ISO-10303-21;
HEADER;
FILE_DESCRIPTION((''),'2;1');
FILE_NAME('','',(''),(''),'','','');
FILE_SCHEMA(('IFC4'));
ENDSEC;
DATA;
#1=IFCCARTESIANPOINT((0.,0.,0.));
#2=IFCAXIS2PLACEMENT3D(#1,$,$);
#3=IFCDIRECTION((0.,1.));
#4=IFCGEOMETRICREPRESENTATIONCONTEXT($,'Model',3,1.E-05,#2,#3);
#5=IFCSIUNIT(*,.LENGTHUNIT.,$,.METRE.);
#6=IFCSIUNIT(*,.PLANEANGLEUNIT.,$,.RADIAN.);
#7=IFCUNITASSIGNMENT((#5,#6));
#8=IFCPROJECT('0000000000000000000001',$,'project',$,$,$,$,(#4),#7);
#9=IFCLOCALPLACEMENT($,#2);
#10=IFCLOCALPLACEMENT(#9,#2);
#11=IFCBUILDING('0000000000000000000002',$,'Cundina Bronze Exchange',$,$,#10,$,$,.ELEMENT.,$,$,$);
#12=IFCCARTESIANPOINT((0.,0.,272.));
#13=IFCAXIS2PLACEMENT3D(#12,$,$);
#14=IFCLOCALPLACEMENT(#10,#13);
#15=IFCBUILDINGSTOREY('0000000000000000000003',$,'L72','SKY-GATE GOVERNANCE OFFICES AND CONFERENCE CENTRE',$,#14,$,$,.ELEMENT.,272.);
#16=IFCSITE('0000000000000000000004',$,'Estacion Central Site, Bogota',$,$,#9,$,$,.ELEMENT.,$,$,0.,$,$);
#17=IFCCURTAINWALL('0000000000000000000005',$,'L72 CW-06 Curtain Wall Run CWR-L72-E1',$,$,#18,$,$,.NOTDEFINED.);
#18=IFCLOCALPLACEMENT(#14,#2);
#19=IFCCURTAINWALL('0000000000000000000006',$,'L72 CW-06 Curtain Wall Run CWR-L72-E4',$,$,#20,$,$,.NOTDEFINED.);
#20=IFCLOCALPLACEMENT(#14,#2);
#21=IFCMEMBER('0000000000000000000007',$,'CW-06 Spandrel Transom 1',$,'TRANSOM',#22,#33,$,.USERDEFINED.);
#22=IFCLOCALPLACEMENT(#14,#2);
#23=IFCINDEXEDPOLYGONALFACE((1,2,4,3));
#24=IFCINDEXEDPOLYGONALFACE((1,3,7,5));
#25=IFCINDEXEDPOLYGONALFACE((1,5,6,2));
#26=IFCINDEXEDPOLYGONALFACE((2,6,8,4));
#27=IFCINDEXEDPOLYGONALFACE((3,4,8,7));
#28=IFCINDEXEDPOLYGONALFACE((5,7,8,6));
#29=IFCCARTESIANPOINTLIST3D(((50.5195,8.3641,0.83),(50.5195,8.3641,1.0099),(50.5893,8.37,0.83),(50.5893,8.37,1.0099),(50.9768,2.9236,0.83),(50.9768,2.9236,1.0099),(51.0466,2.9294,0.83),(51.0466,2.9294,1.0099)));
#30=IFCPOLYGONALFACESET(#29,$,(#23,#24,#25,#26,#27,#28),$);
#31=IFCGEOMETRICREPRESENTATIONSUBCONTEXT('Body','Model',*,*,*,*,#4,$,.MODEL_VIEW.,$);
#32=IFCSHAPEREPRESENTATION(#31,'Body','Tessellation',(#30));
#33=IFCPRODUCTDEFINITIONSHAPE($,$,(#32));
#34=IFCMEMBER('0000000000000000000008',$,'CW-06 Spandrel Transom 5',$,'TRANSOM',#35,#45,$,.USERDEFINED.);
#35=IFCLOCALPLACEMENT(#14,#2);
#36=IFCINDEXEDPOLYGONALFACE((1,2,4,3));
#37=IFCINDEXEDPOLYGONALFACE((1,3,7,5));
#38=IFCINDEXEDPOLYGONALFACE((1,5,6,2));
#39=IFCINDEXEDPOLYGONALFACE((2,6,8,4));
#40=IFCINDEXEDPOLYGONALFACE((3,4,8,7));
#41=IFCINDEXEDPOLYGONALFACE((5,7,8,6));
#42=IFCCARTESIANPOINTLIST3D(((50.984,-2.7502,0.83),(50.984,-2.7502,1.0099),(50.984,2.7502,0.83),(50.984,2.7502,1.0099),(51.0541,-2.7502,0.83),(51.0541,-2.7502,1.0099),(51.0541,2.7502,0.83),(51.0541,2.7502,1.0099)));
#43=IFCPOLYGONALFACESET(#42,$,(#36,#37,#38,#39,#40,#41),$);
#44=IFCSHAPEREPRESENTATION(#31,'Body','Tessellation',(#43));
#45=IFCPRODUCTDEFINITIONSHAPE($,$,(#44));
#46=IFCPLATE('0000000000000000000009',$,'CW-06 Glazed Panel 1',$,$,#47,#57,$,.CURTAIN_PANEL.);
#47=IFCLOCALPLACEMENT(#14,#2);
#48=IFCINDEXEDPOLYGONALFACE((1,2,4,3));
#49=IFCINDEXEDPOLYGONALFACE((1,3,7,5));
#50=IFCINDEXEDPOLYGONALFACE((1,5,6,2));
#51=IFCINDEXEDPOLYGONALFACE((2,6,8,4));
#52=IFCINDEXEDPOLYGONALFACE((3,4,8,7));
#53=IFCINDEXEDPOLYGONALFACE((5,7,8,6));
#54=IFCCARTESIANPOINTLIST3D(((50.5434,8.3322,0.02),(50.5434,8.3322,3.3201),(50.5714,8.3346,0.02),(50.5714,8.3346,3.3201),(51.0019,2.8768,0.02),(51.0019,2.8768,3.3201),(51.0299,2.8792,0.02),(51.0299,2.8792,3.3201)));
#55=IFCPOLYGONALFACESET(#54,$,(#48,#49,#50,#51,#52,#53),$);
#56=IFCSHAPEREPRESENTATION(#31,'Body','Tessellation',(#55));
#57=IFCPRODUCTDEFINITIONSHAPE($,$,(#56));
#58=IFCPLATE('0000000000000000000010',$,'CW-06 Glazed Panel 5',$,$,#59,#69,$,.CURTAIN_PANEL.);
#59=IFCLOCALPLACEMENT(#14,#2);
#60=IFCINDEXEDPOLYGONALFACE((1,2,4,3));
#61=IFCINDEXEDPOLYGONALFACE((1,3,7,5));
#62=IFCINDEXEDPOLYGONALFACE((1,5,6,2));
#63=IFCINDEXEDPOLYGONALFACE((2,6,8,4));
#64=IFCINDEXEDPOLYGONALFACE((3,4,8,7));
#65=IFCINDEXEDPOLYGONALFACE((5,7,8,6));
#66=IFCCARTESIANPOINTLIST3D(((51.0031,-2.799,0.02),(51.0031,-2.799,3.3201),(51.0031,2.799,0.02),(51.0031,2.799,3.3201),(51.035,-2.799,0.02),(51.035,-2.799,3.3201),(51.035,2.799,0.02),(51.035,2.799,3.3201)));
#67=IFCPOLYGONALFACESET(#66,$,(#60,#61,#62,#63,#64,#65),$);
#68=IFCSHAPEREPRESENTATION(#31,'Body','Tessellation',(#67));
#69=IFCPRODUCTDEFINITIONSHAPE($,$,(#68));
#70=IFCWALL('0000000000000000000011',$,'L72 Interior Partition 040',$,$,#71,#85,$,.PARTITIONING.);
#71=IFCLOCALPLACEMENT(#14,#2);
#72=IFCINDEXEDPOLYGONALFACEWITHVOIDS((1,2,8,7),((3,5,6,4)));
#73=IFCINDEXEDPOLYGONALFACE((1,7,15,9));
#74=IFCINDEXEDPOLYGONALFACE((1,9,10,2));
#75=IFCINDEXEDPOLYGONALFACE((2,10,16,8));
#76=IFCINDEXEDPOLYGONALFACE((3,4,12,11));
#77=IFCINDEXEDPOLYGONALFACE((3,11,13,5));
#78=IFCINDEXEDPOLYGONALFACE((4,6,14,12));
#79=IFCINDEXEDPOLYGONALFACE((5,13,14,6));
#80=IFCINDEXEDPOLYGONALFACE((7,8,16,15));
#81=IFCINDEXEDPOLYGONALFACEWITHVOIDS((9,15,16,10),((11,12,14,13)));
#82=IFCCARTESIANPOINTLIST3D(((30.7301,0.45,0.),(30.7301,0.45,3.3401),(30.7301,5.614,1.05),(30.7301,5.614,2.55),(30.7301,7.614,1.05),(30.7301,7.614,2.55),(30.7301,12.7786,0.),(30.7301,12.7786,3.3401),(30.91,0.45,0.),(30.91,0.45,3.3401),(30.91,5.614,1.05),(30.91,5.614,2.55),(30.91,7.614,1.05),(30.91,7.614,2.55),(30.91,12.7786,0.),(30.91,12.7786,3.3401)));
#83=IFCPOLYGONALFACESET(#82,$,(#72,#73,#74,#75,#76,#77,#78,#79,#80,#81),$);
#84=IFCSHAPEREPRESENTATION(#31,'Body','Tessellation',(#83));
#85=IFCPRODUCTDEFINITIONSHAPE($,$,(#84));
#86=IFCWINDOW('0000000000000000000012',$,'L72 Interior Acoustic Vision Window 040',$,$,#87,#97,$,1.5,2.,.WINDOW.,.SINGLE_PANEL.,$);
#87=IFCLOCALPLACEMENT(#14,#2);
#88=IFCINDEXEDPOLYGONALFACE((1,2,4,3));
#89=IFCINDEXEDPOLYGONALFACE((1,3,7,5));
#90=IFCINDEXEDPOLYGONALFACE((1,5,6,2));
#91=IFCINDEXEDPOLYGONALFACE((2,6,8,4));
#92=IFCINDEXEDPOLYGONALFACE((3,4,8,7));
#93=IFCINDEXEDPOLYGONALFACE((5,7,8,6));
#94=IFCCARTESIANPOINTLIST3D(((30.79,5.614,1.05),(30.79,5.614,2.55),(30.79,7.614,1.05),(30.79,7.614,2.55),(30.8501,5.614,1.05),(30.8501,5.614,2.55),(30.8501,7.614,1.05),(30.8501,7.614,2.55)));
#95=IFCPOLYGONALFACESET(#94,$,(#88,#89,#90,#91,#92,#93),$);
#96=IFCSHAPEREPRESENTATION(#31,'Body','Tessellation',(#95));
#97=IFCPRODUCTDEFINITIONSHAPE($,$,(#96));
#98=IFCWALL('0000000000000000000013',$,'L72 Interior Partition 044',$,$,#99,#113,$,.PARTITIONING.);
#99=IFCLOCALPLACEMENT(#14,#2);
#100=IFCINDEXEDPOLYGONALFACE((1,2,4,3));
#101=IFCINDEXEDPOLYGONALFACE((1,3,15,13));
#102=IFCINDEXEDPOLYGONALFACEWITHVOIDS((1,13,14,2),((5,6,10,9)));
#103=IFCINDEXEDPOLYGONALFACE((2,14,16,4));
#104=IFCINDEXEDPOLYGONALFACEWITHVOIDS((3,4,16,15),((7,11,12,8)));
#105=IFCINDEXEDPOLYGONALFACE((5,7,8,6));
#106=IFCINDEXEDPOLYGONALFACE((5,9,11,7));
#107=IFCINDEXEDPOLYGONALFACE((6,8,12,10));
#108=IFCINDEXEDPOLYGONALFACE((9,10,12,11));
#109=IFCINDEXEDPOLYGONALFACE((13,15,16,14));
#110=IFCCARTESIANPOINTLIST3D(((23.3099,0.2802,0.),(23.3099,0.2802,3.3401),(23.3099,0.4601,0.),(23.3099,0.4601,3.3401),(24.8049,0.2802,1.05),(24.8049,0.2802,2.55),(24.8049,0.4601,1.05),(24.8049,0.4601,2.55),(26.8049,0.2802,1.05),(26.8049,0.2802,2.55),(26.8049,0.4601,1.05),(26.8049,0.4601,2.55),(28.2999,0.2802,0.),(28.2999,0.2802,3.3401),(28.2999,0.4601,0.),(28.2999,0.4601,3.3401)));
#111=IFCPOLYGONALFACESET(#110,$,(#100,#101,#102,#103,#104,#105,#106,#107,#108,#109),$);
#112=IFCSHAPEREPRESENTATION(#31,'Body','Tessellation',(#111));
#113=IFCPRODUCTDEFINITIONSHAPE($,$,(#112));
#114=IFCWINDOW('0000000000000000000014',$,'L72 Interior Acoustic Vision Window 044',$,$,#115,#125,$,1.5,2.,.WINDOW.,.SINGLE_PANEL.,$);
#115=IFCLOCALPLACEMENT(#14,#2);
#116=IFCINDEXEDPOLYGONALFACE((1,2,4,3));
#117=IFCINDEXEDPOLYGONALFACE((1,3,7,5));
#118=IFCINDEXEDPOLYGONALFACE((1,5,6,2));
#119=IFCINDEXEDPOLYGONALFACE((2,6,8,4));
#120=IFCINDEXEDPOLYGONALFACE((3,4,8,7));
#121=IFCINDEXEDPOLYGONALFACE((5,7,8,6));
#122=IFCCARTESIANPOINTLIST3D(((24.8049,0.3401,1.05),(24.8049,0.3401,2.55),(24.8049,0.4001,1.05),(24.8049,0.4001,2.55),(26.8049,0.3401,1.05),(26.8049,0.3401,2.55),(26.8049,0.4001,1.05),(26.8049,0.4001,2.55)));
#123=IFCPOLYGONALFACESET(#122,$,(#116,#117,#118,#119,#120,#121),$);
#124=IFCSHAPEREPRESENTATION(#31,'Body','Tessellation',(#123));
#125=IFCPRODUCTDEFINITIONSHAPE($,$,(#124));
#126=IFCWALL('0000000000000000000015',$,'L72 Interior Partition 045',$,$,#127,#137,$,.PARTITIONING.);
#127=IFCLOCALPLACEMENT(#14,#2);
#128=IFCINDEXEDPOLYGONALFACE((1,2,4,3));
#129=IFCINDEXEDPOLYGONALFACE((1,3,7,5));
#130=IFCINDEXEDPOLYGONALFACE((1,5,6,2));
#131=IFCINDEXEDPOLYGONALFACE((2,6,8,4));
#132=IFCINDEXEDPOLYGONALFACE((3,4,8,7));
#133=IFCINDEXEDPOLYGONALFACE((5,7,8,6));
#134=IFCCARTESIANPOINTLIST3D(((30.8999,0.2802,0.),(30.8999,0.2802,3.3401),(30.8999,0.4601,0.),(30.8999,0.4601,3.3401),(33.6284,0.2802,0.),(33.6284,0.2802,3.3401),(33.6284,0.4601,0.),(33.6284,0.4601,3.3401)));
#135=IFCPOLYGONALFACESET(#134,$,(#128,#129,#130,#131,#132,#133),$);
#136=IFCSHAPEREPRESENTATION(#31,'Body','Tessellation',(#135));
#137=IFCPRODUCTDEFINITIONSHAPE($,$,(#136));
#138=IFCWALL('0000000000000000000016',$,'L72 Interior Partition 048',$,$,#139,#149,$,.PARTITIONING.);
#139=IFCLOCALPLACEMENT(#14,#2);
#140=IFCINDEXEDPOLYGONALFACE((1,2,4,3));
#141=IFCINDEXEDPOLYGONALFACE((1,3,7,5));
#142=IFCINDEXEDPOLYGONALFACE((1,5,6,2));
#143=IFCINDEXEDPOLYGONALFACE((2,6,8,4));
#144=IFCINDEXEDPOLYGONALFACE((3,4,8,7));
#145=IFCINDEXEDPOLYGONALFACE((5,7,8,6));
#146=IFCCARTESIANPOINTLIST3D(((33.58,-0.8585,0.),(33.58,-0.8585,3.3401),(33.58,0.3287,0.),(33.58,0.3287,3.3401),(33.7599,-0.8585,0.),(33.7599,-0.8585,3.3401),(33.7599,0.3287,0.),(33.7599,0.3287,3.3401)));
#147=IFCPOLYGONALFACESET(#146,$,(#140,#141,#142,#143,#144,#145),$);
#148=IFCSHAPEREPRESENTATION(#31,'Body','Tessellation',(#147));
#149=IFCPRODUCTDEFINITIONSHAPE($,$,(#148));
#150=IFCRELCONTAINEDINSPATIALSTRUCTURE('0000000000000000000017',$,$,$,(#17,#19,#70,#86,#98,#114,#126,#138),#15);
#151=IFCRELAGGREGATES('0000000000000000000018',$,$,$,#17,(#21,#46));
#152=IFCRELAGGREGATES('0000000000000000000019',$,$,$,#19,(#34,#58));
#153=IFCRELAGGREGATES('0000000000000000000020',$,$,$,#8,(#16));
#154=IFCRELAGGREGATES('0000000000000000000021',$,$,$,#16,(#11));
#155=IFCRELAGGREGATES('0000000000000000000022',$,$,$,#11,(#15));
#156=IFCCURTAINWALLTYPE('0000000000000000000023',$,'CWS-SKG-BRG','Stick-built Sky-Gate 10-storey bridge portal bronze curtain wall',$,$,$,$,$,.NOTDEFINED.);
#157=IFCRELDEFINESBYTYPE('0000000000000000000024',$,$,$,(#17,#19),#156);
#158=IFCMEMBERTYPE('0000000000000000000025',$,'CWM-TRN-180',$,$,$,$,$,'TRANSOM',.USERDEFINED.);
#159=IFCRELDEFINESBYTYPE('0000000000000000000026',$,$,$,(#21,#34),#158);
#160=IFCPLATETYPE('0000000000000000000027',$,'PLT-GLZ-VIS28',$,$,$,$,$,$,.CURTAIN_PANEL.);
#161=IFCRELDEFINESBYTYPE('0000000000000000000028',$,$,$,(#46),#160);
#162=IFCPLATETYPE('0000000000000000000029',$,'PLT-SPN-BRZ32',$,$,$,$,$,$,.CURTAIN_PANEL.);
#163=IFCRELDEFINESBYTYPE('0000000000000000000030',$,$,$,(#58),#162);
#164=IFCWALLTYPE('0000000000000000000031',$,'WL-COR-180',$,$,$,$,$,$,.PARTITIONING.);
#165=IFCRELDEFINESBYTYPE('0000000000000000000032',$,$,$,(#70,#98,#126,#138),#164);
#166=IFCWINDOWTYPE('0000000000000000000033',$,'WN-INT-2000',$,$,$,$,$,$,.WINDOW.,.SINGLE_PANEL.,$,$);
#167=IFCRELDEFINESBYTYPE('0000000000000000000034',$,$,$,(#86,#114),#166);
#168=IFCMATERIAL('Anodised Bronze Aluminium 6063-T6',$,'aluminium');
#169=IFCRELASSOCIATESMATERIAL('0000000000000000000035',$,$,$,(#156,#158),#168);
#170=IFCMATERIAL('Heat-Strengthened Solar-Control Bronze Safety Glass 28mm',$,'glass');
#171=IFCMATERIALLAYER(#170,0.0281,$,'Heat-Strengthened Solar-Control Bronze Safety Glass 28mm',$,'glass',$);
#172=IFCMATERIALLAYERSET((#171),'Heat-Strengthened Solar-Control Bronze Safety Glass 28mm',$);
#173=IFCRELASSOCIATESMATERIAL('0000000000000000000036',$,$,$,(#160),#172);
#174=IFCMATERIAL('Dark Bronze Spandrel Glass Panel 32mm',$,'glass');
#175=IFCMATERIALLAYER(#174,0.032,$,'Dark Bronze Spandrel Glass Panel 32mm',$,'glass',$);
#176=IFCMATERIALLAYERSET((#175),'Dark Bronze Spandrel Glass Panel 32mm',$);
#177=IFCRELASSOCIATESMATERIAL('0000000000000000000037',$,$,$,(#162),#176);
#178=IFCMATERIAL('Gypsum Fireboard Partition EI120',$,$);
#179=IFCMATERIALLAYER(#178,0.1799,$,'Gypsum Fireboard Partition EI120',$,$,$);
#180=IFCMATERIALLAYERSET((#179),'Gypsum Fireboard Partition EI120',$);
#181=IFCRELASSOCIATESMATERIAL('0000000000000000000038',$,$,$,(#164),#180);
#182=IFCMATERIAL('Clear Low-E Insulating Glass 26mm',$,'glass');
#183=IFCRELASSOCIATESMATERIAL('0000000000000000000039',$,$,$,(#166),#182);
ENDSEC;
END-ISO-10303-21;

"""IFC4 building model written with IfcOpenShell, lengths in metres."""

from ifc_helpers import new_model, si_unit, direction, frame, frame_2d, origin, origin_2d, place, context, subcontext, project, spatial, rectangle, extrude, material, layer, layer_set, material_profile, profile_set, type_object, element, fill, aggregate, save


model = new_model("IFC4")

# Units and contexts
model_context = context("Model", 3, precision=1e-05, world=origin(), true_north=direction((0.0, 1.0)))
body_context = subcontext(model_context, "Body", "Model", "MODEL_VIEW")
ifc_project = project(units=[si_unit("LENGTHUNIT", "METRE"), si_unit("PLANEANGLEUNIT", "RADIAN")], contexts=[model_context])

# Site, building, storey
site_placement = place(None, origin())
site = spatial("IfcSite", under=ifc_project, at=site_placement, Name="Estacion Central Site, Bogota", CompositionType="ELEMENT", RefElevation=0.0)
building_placement = place(site_placement, origin())
building = spatial("IfcBuilding", under=site, at=building_placement, Name="Cundina Bronze Exchange", CompositionType="ELEMENT")
storey_placement = place(building_placement, frame((0.0, 0.0, 272.0)))
storey = spatial("IfcBuildingStorey", under=building, at=storey_placement, Name="L72", Description="SKY-GATE GOVERNANCE OFFICES AND CONFERENCE CENTRE", CompositionType="ELEMENT", Elevation=272.0)

# Curtain walls
ifc_material_1 = material(Name="Anodised Bronze Aluminium 6063-T6", Category="aluminium")
curtain_wall_type = type_object("IfcCurtainWallType", Name="CWS-SKG-BRG", Description="Stick-built Sky-Gate 10-storey bridge portal bronze curtain wall", PredefinedType="NOTDEFINED", material=ifc_material_1)
curtain_wall_1_placement = place(storey_placement, origin())
curtain_wall_1 = element("IfcCurtainWall", 1, at=curtain_wall_1_placement, inside=storey, type_object=curtain_wall_type, Name="L72 CW-06 Curtain Wall Run CWR-L72-E1", PredefinedType="NOTDEFINED")
curtain_wall_2_placement = place(storey_placement, origin())
curtain_wall_2 = element("IfcCurtainWall", 2, at=curtain_wall_2_placement, inside=storey, type_object=curtain_wall_type, Name="L72 CW-06 Curtain Wall Run CWR-L72-E4", PredefinedType="NOTDEFINED")

# Members
ifc_material_profile_1 = material_profile(ifc_material_1, rectangle(XDim=0.0701, YDim=0.1799, at=origin_2d()), Name="AL70X180", Category="aluminium")
ifc_profile_set_1 = profile_set([ifc_material_profile_1], Name="Anodised Bronze Aluminium 6063-T6")
member_type_1 = type_object("IfcMemberType", Name="CWM-TRN-180", ElementType="TRANSOM", PredefinedType="USERDEFINED", material=ifc_profile_set_1)
member_1_placement = place(storey_placement, frame((51.0117, 2.9265, 0.9199), z_axis=(-0.083756, 0.996486, 0.0), x_axis=(-0.996486, -0.083756, 0.0)))
member_1 = element("IfcMember", 3, at=member_1_placement, type_object=member_type_1, Name="CW-06 Spandrel Transom 1", ObjectType="TRANSOM", PredefinedType="USERDEFINED", context=body_context, shape_type="SweptSolid", body=[
    extrude(rectangle(XDim=0.0701, YDim=0.1799, at=origin_2d()), origin(), (0.0, 0.0, 1.0), 5.4597),
])
member_2_placement = place(storey_placement, frame((51.019, -2.7502, 0.9199), z_axis=(0.0, 1.0, 0.0), x_axis=(-1.0, 0.0, 0.0)))
member_2 = element("IfcMember", 4, at=member_2_placement, type_object=member_type_1, Name="CW-06 Spandrel Transom 5", ObjectType="TRANSOM", PredefinedType="USERDEFINED", context=body_context, shape_type="SweptSolid", body=[
    extrude(rectangle(XDim=0.0701, YDim=0.1799, at=origin_2d()), origin(), (0.0, 0.0, 1.0), 5.5005),
])

# Plates
ifc_material_2 = material(Name="Heat-Strengthened Solar-Control Bronze Safety Glass 28mm", Category="glass")
ifc_layer_1 = layer(ifc_material_2, 0.0281, Name="Heat-Strengthened Solar-Control Bronze Safety Glass 28mm", Category="glass")
ifc_layer_set_1 = layer_set([ifc_layer_1], Name="Heat-Strengthened Solar-Control Bronze Safety Glass 28mm")
plate_type_1 = type_object("IfcPlateType", Name="PLT-GLZ-VIS28", PredefinedType="CURTAIN_PANEL", material=ifc_layer_set_1)
plate_1_placement = place(storey_placement, frame((50.7866, 5.6057, 0.02), z_axis=(0.0, 0.0, 1.0), x_axis=(-0.083747, 0.996487, 0.0)))
plate_1 = element("IfcPlate", 5, at=plate_1_placement, type_object=plate_type_1, Name="CW-06 Glazed Panel 1", PredefinedType="CURTAIN_PANEL", context=body_context, shape_type="SweptSolid", body=[
    extrude(rectangle(XDim=5.4746, YDim=0.0281, at=origin_2d()), origin(), (0.0, 0.0, 1.0), 3.3),
])
aggregate(curtain_wall_1, [member_1, plate_1])
ifc_material_3 = material(Name="Dark Bronze Spandrel Glass Panel 32mm", Category="glass")
ifc_layer_2 = layer(ifc_material_3, 0.032, Name="Dark Bronze Spandrel Glass Panel 32mm", Category="glass")
ifc_layer_set_2 = layer_set([ifc_layer_2], Name="Dark Bronze Spandrel Glass Panel 32mm")
plate_type_2 = type_object("IfcPlateType", Name="PLT-SPN-BRZ32", PredefinedType="CURTAIN_PANEL", material=ifc_layer_set_2)
plate_2_placement = place(storey_placement, frame((51.019, 0.0, 0.02), z_axis=(0.0, 0.0, 1.0), x_axis=(0.0, 1.0, 0.0)))
plate_2 = element("IfcPlate", 6, at=plate_2_placement, type_object=plate_type_2, Name="CW-06 Glazed Panel 5", PredefinedType="CURTAIN_PANEL", context=body_context, shape_type="SweptSolid", body=[
    extrude(rectangle(XDim=5.5979, YDim=0.032, at=origin_2d()), origin(), (0.0, 0.0, 1.0), 3.3),
])
aggregate(curtain_wall_2, [member_2, plate_2])

# Shared definitions
ifc_material_4 = material(Name="Gypsum Fireboard Partition EI120")
ifc_layer_3 = layer(ifc_material_4, 0.1799, Name="Gypsum Fireboard Partition EI120")
ifc_layer_set_3 = layer_set([ifc_layer_3], Name="Gypsum Fireboard Partition EI120")
wall_type_1 = type_object("IfcWallType", Name="WL-COR-180", PredefinedType="PARTITIONING", material=ifc_layer_set_3)

# Walls, openings, windows
wall_1_placement = place(storey_placement, frame((30.8201, 0.45, 0.0), z_axis=(0.0, 0.0, 1.0), x_axis=(0.0, 1.0, 0.0)))
wall_1 = element("IfcWall", 7, at=wall_1_placement, inside=storey, type_object=wall_type_1, Name="L72 Interior Partition 040", PredefinedType="PARTITIONING", context=body_context, shape_type="SweptSolid", body=[
    extrude(rectangle(XDim=12.3286, YDim=0.1799, at=frame_2d((6.1643, 0.0))), origin(), (0.0, 0.0, 1.0), 3.3401),
])
opening_1_placement = place(wall_1_placement, frame((5.1641, 0.0, 1.05)))
opening_1 = element("IfcOpeningElement", 8, at=opening_1_placement, cuts=wall_1, PredefinedType="OPENING", context=body_context, shape_type="SweptSolid", body=[
    extrude(rectangle(XDim=2.0, YDim=1.5, at=frame_2d((1.0, 0.75))), frame((0.0, 0.0999, 0.0), z_axis=(0.0, -1.0, 0.0), x_axis=(1.0, 0.0, 0.0)), (0.0, 0.0, 1.0), 0.2),
])
ifc_material_5 = material(Name="Clear Low-E Insulating Glass 26mm", Category="glass")
window_type_1 = type_object("IfcWindowType", Name="WN-INT-2000", PartitioningType="SINGLE_PANEL", PredefinedType="WINDOW", material=ifc_material_5)
window_1_placement = place(opening_1_placement, origin())
window_1 = element("IfcWindow", 9, at=window_1_placement, inside=storey, type_object=window_type_1, Name="L72 Interior Acoustic Vision Window 040", OverallHeight=1.5, OverallWidth=2.0, PartitioningType="SINGLE_PANEL", PredefinedType="WINDOW", context=body_context, shape_type="SweptSolid", body=[
    extrude(rectangle(XDim=2.0, YDim=1.5, at=frame_2d((1.0, 0.75))), frame((0.0, 0.03, 0.0), z_axis=(0.0, -1.0, 0.0), x_axis=(1.0, 0.0, 0.0)), (0.0, 0.0, 1.0), 0.0601),
])
fill(opening_1, window_1)
wall_2_placement = place(storey_placement, frame((28.3, 0.3701, 0.0), z_axis=(0.0, 0.0, 1.0), x_axis=(-1.0, 0.0, 0.0)))
wall_2 = element("IfcWall", 10, at=wall_2_placement, inside=storey, type_object=wall_type_1, Name="L72 Interior Partition 044", PredefinedType="PARTITIONING", context=body_context, shape_type="SweptSolid", body=[
    extrude(rectangle(XDim=4.99, YDim=0.1799, at=frame_2d((2.4951, 0.0))), origin(), (0.0, 0.0, 1.0), 3.3401),
])
opening_2_placement = place(wall_2_placement, frame((1.4951, 0.0, 1.05)))
opening_2 = element("IfcOpeningElement", 11, at=opening_2_placement, cuts=wall_2, PredefinedType="OPENING", context=body_context, shape_type="SweptSolid", body=[
    extrude(rectangle(XDim=2.0, YDim=1.5, at=frame_2d((1.0, 0.75))), frame((0.0, 0.0999, 0.0), z_axis=(0.0, -1.0, 0.0), x_axis=(1.0, 0.0, 0.0)), (0.0, 0.0, 1.0), 0.2),
])
window_2_placement = place(opening_2_placement, origin())
window_2 = element("IfcWindow", 12, at=window_2_placement, inside=storey, type_object=window_type_1, Name="L72 Interior Acoustic Vision Window 044", OverallHeight=1.5, OverallWidth=2.0, PartitioningType="SINGLE_PANEL", PredefinedType="WINDOW", context=body_context, shape_type="SweptSolid", body=[
    extrude(rectangle(XDim=2.0, YDim=1.5, at=frame_2d((1.0, 0.75))), frame((0.0, 0.03, 0.0), z_axis=(0.0, -1.0, 0.0), x_axis=(1.0, 0.0, 0.0)), (0.0, 0.0, 1.0), 0.0601),
])
fill(opening_2, window_2)

# Walls
wall_3_placement = place(storey_placement, frame((33.6284, 0.3701, 0.0), z_axis=(0.0, 0.0, 1.0), x_axis=(-1.0, 0.0, 0.0)))
element("IfcWall", 13, at=wall_3_placement, inside=storey, type_object=wall_type_1, Name="L72 Interior Partition 045", PredefinedType="PARTITIONING", context=body_context, shape_type="SweptSolid", body=[
    extrude(rectangle(XDim=2.7285, YDim=0.1799, at=frame_2d((1.3643, 0.0))), origin(), (0.0, 0.0, 1.0), 3.3401),
])
wall_4_placement = place(storey_placement, frame((33.6699, -0.8586, 0.0), z_axis=(0.0, 0.0, 1.0), x_axis=(0.0, 1.0, 0.0)))
element("IfcWall", 14, at=wall_4_placement, inside=storey, type_object=wall_type_1, Name="L72 Interior Partition 048", PredefinedType="PARTITIONING", context=body_context, shape_type="SweptSolid", body=[
    extrude(rectangle(XDim=1.1873, YDim=0.1799, at=frame_2d((0.5938, 0.0))), origin(), (0.0, 0.0, 1.0), 3.3401),
])

save(model, "model.ifc")
